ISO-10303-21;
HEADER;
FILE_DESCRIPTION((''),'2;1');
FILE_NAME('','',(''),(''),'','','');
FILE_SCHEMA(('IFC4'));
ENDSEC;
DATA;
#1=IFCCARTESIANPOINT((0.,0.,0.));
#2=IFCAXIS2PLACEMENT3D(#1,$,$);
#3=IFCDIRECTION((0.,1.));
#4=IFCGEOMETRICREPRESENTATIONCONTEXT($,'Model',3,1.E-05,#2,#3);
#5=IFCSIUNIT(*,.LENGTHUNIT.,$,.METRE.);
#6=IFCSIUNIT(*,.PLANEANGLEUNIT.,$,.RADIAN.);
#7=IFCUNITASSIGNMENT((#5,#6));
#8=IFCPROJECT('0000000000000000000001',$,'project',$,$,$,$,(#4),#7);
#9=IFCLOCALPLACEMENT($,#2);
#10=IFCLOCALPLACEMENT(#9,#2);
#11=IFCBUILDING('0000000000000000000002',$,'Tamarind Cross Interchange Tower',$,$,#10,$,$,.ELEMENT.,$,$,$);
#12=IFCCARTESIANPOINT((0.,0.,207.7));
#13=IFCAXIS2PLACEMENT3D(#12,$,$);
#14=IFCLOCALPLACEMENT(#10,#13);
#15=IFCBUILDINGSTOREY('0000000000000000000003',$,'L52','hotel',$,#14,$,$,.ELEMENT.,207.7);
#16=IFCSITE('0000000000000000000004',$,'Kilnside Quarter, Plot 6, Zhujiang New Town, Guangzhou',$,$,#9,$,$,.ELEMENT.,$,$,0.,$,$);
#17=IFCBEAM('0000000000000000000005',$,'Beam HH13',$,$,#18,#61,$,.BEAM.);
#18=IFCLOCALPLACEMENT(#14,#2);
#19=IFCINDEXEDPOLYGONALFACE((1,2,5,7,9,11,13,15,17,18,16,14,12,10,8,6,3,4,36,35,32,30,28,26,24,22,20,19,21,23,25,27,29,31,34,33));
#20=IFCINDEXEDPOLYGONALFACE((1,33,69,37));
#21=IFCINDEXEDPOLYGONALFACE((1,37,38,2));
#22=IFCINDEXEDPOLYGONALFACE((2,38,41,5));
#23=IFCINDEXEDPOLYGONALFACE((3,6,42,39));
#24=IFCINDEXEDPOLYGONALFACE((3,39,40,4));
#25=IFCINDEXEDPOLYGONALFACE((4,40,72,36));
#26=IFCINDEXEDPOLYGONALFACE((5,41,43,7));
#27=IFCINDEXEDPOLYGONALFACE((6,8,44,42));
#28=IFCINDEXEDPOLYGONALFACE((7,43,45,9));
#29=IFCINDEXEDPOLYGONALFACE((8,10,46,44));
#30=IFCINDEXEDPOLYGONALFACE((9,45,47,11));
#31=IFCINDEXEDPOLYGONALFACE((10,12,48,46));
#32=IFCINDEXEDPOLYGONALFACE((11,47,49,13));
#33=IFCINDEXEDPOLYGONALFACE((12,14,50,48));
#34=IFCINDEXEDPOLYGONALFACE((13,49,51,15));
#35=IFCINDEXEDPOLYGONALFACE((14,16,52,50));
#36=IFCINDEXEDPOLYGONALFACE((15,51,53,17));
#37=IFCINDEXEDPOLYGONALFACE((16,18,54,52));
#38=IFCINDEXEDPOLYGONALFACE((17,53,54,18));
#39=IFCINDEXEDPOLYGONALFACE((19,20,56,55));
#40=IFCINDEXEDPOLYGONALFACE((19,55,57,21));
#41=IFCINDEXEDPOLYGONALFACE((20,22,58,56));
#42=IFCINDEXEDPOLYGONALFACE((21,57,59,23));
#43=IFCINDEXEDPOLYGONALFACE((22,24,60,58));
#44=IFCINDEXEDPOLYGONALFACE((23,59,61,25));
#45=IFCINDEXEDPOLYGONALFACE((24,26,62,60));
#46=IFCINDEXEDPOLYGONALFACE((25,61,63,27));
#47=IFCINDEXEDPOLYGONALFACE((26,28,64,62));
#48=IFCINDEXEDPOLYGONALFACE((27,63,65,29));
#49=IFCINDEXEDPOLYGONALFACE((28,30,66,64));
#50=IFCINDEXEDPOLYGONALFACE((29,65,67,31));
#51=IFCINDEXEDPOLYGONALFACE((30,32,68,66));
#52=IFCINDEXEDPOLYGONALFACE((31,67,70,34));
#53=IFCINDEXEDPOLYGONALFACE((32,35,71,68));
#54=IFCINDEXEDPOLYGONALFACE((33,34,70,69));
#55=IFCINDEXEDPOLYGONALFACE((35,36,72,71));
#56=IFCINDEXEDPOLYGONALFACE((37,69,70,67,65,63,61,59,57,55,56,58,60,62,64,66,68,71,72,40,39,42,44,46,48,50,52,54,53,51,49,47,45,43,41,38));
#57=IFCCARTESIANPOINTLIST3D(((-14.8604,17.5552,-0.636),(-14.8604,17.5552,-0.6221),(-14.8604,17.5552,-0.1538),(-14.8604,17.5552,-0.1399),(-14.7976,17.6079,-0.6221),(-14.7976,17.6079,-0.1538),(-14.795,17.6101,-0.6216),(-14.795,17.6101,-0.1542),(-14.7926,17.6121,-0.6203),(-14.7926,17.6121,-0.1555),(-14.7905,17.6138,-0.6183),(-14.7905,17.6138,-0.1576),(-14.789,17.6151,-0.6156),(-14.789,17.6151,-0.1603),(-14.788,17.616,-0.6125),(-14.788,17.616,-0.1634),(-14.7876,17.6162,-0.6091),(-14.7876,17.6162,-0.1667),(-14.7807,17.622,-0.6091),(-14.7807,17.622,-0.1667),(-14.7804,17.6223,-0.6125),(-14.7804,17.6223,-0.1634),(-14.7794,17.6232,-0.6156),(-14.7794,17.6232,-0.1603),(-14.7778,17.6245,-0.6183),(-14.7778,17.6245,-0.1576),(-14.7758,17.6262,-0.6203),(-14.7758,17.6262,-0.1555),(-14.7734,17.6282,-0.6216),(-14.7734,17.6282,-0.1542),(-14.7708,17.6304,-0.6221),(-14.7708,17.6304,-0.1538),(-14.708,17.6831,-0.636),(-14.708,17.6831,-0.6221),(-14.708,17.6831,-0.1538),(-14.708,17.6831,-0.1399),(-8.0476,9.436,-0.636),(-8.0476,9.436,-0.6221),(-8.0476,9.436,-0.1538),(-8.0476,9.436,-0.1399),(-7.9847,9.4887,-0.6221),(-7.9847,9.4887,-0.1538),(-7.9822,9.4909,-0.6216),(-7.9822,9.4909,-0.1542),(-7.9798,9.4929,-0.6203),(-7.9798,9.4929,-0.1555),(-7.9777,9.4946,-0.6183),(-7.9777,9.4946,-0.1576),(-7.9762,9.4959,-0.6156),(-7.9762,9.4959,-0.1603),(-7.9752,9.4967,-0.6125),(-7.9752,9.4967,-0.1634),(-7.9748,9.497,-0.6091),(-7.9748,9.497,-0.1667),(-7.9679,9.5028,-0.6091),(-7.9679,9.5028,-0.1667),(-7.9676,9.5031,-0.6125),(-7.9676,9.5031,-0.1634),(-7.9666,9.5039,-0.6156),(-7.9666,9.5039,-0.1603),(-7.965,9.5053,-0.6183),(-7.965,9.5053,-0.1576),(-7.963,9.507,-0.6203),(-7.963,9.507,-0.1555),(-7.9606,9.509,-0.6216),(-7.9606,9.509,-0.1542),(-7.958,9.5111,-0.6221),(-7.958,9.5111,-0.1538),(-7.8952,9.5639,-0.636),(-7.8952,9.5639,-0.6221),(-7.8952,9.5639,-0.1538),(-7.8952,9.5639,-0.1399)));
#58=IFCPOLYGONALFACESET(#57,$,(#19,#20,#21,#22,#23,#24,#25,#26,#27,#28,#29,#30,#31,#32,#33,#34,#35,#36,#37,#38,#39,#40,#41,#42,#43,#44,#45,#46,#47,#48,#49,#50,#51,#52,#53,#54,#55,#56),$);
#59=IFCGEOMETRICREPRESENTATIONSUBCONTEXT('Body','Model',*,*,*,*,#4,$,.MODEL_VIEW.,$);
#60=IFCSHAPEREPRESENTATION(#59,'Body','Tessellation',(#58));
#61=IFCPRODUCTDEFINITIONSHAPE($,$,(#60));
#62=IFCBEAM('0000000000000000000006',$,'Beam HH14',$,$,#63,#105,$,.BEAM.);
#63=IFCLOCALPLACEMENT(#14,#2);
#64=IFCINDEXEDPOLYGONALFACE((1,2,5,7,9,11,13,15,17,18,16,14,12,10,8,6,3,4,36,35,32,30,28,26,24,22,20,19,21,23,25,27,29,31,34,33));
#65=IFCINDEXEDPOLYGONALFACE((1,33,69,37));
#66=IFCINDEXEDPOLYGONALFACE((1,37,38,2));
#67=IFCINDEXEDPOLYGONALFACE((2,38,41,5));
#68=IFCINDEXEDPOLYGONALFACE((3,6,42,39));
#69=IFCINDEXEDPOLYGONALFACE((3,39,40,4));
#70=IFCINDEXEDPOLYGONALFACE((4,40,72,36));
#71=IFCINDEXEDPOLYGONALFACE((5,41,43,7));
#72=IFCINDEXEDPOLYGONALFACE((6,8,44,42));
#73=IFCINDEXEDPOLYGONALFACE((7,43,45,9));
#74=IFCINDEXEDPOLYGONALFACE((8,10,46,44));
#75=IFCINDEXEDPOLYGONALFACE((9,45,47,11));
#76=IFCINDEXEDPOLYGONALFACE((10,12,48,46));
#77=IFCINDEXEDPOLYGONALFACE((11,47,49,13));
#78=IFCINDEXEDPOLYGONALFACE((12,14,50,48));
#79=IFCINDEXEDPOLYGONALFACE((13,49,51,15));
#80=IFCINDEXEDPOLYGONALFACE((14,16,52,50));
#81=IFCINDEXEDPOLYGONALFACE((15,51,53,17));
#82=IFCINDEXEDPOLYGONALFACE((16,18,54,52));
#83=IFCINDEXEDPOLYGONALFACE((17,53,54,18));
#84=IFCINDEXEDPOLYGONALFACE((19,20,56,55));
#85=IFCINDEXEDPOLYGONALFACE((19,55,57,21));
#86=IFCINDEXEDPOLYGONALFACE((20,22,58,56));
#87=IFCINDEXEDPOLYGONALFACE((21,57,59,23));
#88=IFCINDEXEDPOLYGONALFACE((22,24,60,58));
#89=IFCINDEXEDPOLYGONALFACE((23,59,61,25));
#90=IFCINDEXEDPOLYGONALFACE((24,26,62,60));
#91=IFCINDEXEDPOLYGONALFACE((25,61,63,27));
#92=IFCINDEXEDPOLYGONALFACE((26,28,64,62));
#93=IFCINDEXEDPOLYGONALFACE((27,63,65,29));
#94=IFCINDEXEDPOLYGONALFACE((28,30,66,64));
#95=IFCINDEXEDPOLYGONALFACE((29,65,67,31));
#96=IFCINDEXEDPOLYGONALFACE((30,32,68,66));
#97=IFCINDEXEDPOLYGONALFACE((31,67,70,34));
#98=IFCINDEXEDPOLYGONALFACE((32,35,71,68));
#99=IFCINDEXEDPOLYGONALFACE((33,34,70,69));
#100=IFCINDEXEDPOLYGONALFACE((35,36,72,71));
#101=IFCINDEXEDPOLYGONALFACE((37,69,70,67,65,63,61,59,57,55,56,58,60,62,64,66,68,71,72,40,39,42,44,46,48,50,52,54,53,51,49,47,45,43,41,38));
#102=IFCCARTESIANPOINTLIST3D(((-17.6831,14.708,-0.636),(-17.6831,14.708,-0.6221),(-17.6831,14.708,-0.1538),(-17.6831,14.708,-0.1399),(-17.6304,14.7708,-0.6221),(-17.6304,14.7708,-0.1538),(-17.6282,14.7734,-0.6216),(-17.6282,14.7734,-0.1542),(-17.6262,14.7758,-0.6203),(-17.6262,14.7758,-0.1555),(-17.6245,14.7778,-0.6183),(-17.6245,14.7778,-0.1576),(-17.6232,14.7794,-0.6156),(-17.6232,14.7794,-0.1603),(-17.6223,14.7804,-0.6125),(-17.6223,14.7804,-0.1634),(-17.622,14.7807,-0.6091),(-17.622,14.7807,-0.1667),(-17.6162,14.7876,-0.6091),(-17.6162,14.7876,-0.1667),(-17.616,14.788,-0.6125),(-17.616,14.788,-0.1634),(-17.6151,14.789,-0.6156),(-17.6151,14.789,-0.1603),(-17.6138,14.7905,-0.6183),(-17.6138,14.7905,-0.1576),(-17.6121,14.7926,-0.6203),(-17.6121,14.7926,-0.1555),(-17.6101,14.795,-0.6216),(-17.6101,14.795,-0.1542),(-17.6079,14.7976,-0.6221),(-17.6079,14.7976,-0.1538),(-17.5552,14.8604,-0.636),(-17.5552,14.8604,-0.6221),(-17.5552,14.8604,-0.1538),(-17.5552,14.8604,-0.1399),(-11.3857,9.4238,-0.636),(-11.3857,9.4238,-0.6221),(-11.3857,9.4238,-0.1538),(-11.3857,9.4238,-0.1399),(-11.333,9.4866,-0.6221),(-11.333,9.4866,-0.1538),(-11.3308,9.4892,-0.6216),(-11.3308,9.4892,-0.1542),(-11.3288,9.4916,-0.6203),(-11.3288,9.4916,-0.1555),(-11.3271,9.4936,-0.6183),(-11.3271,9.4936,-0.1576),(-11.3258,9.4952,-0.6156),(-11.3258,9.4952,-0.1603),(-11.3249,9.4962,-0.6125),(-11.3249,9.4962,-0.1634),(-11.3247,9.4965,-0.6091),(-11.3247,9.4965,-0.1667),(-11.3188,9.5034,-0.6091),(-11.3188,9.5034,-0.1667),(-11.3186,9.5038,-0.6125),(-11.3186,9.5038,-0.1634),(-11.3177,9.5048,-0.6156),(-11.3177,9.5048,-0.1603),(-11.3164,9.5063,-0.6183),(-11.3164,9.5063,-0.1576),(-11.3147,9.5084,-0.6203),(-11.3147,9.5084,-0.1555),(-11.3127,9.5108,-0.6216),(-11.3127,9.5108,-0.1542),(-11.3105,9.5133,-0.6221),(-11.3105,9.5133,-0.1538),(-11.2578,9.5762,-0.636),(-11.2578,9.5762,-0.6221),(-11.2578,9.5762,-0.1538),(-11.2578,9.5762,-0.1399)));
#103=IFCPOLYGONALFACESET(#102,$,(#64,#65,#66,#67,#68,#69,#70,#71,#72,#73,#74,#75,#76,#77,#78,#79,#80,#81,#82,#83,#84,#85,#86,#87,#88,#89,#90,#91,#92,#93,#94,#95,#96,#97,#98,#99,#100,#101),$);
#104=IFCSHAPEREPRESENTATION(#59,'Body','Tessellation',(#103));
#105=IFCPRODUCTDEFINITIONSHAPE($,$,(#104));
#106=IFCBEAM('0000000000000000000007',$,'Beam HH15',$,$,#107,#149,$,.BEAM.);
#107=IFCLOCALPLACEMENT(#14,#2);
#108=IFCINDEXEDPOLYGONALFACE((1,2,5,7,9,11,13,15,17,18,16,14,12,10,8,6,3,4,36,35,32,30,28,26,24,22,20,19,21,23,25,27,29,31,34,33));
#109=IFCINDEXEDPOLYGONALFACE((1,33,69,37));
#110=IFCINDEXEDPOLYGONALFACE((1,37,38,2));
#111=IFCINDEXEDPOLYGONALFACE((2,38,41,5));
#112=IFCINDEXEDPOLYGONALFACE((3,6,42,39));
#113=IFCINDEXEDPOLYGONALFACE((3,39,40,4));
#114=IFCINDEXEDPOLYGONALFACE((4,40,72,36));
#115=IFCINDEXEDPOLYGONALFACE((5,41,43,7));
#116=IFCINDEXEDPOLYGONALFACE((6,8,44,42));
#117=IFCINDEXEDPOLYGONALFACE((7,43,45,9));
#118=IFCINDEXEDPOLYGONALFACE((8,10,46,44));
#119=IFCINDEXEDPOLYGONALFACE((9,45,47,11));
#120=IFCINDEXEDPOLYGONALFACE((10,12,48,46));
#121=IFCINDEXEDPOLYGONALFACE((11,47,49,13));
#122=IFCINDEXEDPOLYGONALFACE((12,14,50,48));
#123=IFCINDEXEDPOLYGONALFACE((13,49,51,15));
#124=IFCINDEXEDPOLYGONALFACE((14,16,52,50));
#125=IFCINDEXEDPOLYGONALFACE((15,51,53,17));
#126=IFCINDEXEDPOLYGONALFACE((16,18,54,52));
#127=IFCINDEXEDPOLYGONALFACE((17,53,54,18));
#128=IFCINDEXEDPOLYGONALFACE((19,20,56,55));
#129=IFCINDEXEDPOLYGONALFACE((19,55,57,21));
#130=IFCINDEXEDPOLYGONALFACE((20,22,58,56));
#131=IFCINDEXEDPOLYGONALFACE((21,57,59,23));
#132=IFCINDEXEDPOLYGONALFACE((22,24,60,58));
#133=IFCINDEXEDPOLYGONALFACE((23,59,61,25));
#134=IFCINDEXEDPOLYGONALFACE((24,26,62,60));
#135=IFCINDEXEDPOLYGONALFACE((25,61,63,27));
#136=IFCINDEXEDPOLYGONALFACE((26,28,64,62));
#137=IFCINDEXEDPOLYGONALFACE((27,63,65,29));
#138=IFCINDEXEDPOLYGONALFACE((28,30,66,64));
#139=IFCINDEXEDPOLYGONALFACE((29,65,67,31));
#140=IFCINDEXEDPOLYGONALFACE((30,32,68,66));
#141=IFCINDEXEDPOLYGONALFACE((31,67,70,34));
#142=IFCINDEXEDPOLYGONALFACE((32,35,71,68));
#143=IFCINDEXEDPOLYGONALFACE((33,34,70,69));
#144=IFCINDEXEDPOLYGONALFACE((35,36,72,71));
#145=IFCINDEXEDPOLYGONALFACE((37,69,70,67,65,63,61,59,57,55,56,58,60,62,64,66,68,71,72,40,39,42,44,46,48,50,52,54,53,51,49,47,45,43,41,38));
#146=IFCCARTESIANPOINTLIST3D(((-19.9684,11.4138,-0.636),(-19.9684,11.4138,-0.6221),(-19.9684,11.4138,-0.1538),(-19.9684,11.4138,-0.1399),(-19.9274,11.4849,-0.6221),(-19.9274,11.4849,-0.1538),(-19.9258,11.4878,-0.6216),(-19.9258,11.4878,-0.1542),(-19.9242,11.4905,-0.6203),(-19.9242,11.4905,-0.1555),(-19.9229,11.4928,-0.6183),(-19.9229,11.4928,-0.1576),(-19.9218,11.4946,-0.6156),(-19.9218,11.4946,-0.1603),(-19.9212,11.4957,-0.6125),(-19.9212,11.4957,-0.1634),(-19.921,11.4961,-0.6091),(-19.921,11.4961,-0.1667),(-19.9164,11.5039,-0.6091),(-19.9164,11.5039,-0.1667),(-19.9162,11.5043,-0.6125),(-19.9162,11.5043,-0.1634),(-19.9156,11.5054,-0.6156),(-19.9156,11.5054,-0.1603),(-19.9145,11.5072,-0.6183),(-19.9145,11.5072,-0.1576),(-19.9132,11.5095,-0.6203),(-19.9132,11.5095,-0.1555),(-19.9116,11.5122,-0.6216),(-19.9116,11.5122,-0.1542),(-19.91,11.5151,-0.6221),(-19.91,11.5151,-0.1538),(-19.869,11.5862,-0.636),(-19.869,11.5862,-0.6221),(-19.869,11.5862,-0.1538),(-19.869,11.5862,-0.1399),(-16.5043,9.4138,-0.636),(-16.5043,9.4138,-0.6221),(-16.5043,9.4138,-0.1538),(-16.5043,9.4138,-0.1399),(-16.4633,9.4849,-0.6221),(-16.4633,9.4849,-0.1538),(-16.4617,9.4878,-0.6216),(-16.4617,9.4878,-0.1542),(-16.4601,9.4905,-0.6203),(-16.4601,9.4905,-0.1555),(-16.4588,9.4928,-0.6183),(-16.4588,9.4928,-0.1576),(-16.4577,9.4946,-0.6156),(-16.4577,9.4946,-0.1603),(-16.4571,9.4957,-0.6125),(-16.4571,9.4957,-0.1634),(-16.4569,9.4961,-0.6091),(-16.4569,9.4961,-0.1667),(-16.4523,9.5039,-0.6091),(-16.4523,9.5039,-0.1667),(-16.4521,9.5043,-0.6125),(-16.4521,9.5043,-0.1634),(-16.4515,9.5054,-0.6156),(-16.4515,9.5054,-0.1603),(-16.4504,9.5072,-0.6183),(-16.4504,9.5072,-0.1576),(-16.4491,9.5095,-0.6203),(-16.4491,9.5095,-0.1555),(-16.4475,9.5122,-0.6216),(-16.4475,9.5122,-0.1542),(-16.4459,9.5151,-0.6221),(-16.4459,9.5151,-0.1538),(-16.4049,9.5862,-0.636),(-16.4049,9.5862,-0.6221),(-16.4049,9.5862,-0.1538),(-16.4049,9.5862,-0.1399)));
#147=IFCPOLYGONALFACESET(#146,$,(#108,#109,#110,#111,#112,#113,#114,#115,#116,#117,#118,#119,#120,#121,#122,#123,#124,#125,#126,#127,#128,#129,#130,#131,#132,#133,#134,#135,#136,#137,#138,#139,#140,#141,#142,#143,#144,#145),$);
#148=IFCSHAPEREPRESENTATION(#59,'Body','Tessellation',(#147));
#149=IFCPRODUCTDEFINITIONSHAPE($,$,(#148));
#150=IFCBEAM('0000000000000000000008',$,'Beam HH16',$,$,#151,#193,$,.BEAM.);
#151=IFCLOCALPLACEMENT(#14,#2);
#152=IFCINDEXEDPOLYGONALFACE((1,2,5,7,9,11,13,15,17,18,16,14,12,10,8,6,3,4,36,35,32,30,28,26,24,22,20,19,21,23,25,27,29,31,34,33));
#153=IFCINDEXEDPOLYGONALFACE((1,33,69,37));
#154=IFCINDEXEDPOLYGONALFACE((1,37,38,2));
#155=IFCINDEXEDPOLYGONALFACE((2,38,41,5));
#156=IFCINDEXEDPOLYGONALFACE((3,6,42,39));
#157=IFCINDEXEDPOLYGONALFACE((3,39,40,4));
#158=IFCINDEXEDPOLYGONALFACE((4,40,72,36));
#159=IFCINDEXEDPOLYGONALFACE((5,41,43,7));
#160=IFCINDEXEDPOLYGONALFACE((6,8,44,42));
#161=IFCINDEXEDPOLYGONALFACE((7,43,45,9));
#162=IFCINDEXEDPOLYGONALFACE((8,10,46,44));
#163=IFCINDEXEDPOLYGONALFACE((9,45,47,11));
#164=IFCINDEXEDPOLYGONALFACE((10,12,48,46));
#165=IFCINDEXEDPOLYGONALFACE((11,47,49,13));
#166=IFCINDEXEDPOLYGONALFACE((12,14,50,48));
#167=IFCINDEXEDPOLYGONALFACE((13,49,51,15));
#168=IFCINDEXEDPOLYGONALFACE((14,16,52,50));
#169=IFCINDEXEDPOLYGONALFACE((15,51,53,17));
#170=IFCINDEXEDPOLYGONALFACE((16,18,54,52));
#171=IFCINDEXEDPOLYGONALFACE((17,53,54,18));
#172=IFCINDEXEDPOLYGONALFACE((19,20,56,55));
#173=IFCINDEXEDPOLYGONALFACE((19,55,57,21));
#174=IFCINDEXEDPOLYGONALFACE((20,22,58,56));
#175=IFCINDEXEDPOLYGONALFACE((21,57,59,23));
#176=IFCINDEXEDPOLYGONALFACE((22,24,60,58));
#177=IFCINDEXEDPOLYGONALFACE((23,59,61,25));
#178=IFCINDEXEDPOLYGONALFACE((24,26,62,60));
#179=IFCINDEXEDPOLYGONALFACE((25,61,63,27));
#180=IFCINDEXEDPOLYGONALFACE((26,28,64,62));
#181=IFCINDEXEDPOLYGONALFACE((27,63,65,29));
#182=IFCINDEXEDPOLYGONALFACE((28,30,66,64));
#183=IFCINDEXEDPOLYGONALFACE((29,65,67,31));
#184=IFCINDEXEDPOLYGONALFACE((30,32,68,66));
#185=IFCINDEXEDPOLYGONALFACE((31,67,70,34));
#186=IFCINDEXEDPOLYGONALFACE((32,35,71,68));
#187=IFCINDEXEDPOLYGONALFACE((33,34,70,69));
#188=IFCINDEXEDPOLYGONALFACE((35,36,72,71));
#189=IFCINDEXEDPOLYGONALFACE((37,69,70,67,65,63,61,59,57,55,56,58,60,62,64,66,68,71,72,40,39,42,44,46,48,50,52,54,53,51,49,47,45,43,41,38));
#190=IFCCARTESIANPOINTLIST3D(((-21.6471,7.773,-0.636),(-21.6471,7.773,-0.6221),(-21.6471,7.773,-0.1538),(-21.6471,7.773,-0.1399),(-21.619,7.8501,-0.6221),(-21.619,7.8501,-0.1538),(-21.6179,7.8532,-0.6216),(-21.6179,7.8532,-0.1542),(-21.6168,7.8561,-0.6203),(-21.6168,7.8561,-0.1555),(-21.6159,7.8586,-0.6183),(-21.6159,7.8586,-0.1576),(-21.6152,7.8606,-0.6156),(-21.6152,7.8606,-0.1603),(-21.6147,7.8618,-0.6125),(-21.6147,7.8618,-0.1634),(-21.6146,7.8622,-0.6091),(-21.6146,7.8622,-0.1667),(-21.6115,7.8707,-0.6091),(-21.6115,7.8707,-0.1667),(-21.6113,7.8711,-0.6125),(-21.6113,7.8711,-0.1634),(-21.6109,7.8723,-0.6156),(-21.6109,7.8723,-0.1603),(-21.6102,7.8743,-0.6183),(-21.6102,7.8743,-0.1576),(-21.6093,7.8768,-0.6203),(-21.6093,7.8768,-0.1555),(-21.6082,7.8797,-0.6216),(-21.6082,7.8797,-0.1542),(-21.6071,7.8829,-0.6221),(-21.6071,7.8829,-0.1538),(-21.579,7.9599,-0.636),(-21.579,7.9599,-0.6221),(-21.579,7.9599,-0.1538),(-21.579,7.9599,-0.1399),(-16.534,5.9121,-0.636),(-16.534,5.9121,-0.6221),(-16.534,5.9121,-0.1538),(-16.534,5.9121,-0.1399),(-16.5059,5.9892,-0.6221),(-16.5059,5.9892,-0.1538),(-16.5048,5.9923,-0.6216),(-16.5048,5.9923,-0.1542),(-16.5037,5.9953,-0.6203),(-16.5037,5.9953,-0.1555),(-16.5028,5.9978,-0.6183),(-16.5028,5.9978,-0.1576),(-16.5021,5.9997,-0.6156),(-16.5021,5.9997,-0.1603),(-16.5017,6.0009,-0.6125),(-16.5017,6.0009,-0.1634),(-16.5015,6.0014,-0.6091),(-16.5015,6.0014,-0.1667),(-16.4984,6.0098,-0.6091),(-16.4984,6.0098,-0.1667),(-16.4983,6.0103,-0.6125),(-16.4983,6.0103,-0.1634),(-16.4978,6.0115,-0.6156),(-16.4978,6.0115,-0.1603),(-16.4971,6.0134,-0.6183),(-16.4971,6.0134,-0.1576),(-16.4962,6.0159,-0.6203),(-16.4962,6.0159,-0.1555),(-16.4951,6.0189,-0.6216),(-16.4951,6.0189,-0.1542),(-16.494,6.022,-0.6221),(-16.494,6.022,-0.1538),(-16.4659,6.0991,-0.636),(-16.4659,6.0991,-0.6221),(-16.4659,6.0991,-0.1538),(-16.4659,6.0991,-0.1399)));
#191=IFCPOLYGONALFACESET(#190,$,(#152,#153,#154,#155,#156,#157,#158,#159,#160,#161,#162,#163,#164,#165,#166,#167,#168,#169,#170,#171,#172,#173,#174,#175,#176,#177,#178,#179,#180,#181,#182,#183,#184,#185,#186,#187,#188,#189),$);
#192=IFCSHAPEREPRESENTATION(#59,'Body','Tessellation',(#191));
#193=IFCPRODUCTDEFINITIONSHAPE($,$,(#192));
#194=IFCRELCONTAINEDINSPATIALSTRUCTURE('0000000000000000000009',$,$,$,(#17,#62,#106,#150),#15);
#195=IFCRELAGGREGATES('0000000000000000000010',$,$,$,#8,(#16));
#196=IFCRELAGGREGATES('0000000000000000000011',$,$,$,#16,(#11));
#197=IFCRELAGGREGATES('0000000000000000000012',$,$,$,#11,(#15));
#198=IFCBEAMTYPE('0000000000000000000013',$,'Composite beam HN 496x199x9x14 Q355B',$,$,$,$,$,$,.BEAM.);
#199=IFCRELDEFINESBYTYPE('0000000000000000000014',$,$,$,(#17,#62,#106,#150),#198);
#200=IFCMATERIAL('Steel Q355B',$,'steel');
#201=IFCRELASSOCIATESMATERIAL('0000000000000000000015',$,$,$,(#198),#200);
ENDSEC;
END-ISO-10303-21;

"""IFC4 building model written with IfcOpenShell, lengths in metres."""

from ifc_helpers import new_model, si_unit, direction, frame, origin, origin_2d, place, context, subcontext, project, spatial, i_section, extrude, material, material_profile, profile_set, type_object, element, save


model = new_model("IFC4")

# Units and contexts
model_context = context("Model", 3, precision=1e-05, world=origin(), true_north=direction((0.0, 1.0)))
body_context = subcontext(model_context, "Body", "Model", "MODEL_VIEW")
ifc_project = project(units=[si_unit("LENGTHUNIT", "METRE"), si_unit("PLANEANGLEUNIT", "RADIAN")], contexts=[model_context])

# Site, building, storey
site_placement = place(None, origin())
site = spatial("IfcSite", under=ifc_project, at=site_placement, Name="Kilnside Quarter, Plot 6, Zhujiang New Town, Guangzhou", CompositionType="ELEMENT", RefElevation=0.0)
building_placement = place(site_placement, origin())
building = spatial("IfcBuilding", under=site, at=building_placement, Name="Tamarind Cross Interchange Tower", CompositionType="ELEMENT")
storey_placement = place(building_placement, frame((0.0, 0.0, 207.7)))
storey = spatial("IfcBuildingStorey", under=building, at=storey_placement, Name="L52", Description="hotel", CompositionType="ELEMENT", Elevation=207.7)

# Beams
ifc_material_1 = material(Name="Steel Q355B", Category="steel")
ifc_material_profile_1 = material_profile(ifc_material_1, i_section(OverallWidth=0.199, OverallDepth=0.4961, WebThickness=0.009, FlangeThickness=0.0139, FilletRadius=0.0129, at=origin_2d()), Name="HN 496x199x9x14")
ifc_profile_set_1 = profile_set([ifc_material_profile_1], Name="Steel Q355B")
beam_type = type_object("IfcBeamType", Name="Composite beam HN 496x199x9x14 Q355B", PredefinedType="BEAM", material=ifc_profile_set_1)
beam_1_placement = place(storey_placement, frame((-14.7842, 17.6191, -0.3879), z_axis=(0.642786, -0.766046, 0.0), x_axis=(0.766046, 0.642786, 0.0)))
element("IfcBeam", 1, at=beam_1_placement, inside=storey, type_object=beam_type, Name="Beam HH13", PredefinedType="BEAM", context=body_context, shape_type="SweptSolid", body=[
    extrude(i_section(OverallWidth=0.199, OverallDepth=0.4961, WebThickness=0.009, FlangeThickness=0.0139, FilletRadius=0.0129, at=origin_2d()), origin(), (0.0, 0.0, 1.0), 10.5989),
])
beam_2_placement = place(storey_placement, frame((-17.6191, 14.7842, -0.3879), z_axis=(0.766041, -0.642792, 0.0), x_axis=(0.642792, 0.766041, 0.0)))
element("IfcBeam", 2, at=beam_2_placement, inside=storey, type_object=beam_type, Name="Beam HH14", PredefinedType="BEAM", context=body_context, shape_type="SweptSolid", body=[
    extrude(i_section(OverallWidth=0.199, OverallDepth=0.4961, WebThickness=0.009, FlangeThickness=0.0139, FilletRadius=0.0129, at=origin_2d()), origin(), (0.0, 0.0, 1.0), 8.2207),
])
beam_3_placement = place(storey_placement, frame((-19.9187, 11.5, -0.3879), z_axis=(0.866026, -0.499999, 0.0), x_axis=(0.499999, 0.866026, 0.0)))
element("IfcBeam", 3, at=beam_3_placement, inside=storey, type_object=beam_type, Name="Beam HH15", PredefinedType="BEAM", context=body_context, shape_type="SweptSolid", body=[
    extrude(i_section(OverallWidth=0.199, OverallDepth=0.4961, WebThickness=0.009, FlangeThickness=0.0139, FilletRadius=0.0129, at=origin_2d()), origin(), (0.0, 0.0, 1.0), 4.0),
])
beam_4_placement = place(storey_placement, frame((-21.613, 7.8665, -0.3879), z_axis=(0.939702, -0.341995, 0.0), x_axis=(0.341995, 0.939702, 0.0)))
element("IfcBeam", 4, at=beam_4_placement, inside=storey, type_object=beam_type, Name="Beam HH16", PredefinedType="BEAM", context=body_context, shape_type="SweptSolid", body=[
    extrude(i_section(OverallWidth=0.199, OverallDepth=0.4961, WebThickness=0.009, FlangeThickness=0.0139, FilletRadius=0.0129, at=origin_2d()), origin(), (0.0, 0.0, 1.0), 5.4412),
])

save(model, "model.ifc")
